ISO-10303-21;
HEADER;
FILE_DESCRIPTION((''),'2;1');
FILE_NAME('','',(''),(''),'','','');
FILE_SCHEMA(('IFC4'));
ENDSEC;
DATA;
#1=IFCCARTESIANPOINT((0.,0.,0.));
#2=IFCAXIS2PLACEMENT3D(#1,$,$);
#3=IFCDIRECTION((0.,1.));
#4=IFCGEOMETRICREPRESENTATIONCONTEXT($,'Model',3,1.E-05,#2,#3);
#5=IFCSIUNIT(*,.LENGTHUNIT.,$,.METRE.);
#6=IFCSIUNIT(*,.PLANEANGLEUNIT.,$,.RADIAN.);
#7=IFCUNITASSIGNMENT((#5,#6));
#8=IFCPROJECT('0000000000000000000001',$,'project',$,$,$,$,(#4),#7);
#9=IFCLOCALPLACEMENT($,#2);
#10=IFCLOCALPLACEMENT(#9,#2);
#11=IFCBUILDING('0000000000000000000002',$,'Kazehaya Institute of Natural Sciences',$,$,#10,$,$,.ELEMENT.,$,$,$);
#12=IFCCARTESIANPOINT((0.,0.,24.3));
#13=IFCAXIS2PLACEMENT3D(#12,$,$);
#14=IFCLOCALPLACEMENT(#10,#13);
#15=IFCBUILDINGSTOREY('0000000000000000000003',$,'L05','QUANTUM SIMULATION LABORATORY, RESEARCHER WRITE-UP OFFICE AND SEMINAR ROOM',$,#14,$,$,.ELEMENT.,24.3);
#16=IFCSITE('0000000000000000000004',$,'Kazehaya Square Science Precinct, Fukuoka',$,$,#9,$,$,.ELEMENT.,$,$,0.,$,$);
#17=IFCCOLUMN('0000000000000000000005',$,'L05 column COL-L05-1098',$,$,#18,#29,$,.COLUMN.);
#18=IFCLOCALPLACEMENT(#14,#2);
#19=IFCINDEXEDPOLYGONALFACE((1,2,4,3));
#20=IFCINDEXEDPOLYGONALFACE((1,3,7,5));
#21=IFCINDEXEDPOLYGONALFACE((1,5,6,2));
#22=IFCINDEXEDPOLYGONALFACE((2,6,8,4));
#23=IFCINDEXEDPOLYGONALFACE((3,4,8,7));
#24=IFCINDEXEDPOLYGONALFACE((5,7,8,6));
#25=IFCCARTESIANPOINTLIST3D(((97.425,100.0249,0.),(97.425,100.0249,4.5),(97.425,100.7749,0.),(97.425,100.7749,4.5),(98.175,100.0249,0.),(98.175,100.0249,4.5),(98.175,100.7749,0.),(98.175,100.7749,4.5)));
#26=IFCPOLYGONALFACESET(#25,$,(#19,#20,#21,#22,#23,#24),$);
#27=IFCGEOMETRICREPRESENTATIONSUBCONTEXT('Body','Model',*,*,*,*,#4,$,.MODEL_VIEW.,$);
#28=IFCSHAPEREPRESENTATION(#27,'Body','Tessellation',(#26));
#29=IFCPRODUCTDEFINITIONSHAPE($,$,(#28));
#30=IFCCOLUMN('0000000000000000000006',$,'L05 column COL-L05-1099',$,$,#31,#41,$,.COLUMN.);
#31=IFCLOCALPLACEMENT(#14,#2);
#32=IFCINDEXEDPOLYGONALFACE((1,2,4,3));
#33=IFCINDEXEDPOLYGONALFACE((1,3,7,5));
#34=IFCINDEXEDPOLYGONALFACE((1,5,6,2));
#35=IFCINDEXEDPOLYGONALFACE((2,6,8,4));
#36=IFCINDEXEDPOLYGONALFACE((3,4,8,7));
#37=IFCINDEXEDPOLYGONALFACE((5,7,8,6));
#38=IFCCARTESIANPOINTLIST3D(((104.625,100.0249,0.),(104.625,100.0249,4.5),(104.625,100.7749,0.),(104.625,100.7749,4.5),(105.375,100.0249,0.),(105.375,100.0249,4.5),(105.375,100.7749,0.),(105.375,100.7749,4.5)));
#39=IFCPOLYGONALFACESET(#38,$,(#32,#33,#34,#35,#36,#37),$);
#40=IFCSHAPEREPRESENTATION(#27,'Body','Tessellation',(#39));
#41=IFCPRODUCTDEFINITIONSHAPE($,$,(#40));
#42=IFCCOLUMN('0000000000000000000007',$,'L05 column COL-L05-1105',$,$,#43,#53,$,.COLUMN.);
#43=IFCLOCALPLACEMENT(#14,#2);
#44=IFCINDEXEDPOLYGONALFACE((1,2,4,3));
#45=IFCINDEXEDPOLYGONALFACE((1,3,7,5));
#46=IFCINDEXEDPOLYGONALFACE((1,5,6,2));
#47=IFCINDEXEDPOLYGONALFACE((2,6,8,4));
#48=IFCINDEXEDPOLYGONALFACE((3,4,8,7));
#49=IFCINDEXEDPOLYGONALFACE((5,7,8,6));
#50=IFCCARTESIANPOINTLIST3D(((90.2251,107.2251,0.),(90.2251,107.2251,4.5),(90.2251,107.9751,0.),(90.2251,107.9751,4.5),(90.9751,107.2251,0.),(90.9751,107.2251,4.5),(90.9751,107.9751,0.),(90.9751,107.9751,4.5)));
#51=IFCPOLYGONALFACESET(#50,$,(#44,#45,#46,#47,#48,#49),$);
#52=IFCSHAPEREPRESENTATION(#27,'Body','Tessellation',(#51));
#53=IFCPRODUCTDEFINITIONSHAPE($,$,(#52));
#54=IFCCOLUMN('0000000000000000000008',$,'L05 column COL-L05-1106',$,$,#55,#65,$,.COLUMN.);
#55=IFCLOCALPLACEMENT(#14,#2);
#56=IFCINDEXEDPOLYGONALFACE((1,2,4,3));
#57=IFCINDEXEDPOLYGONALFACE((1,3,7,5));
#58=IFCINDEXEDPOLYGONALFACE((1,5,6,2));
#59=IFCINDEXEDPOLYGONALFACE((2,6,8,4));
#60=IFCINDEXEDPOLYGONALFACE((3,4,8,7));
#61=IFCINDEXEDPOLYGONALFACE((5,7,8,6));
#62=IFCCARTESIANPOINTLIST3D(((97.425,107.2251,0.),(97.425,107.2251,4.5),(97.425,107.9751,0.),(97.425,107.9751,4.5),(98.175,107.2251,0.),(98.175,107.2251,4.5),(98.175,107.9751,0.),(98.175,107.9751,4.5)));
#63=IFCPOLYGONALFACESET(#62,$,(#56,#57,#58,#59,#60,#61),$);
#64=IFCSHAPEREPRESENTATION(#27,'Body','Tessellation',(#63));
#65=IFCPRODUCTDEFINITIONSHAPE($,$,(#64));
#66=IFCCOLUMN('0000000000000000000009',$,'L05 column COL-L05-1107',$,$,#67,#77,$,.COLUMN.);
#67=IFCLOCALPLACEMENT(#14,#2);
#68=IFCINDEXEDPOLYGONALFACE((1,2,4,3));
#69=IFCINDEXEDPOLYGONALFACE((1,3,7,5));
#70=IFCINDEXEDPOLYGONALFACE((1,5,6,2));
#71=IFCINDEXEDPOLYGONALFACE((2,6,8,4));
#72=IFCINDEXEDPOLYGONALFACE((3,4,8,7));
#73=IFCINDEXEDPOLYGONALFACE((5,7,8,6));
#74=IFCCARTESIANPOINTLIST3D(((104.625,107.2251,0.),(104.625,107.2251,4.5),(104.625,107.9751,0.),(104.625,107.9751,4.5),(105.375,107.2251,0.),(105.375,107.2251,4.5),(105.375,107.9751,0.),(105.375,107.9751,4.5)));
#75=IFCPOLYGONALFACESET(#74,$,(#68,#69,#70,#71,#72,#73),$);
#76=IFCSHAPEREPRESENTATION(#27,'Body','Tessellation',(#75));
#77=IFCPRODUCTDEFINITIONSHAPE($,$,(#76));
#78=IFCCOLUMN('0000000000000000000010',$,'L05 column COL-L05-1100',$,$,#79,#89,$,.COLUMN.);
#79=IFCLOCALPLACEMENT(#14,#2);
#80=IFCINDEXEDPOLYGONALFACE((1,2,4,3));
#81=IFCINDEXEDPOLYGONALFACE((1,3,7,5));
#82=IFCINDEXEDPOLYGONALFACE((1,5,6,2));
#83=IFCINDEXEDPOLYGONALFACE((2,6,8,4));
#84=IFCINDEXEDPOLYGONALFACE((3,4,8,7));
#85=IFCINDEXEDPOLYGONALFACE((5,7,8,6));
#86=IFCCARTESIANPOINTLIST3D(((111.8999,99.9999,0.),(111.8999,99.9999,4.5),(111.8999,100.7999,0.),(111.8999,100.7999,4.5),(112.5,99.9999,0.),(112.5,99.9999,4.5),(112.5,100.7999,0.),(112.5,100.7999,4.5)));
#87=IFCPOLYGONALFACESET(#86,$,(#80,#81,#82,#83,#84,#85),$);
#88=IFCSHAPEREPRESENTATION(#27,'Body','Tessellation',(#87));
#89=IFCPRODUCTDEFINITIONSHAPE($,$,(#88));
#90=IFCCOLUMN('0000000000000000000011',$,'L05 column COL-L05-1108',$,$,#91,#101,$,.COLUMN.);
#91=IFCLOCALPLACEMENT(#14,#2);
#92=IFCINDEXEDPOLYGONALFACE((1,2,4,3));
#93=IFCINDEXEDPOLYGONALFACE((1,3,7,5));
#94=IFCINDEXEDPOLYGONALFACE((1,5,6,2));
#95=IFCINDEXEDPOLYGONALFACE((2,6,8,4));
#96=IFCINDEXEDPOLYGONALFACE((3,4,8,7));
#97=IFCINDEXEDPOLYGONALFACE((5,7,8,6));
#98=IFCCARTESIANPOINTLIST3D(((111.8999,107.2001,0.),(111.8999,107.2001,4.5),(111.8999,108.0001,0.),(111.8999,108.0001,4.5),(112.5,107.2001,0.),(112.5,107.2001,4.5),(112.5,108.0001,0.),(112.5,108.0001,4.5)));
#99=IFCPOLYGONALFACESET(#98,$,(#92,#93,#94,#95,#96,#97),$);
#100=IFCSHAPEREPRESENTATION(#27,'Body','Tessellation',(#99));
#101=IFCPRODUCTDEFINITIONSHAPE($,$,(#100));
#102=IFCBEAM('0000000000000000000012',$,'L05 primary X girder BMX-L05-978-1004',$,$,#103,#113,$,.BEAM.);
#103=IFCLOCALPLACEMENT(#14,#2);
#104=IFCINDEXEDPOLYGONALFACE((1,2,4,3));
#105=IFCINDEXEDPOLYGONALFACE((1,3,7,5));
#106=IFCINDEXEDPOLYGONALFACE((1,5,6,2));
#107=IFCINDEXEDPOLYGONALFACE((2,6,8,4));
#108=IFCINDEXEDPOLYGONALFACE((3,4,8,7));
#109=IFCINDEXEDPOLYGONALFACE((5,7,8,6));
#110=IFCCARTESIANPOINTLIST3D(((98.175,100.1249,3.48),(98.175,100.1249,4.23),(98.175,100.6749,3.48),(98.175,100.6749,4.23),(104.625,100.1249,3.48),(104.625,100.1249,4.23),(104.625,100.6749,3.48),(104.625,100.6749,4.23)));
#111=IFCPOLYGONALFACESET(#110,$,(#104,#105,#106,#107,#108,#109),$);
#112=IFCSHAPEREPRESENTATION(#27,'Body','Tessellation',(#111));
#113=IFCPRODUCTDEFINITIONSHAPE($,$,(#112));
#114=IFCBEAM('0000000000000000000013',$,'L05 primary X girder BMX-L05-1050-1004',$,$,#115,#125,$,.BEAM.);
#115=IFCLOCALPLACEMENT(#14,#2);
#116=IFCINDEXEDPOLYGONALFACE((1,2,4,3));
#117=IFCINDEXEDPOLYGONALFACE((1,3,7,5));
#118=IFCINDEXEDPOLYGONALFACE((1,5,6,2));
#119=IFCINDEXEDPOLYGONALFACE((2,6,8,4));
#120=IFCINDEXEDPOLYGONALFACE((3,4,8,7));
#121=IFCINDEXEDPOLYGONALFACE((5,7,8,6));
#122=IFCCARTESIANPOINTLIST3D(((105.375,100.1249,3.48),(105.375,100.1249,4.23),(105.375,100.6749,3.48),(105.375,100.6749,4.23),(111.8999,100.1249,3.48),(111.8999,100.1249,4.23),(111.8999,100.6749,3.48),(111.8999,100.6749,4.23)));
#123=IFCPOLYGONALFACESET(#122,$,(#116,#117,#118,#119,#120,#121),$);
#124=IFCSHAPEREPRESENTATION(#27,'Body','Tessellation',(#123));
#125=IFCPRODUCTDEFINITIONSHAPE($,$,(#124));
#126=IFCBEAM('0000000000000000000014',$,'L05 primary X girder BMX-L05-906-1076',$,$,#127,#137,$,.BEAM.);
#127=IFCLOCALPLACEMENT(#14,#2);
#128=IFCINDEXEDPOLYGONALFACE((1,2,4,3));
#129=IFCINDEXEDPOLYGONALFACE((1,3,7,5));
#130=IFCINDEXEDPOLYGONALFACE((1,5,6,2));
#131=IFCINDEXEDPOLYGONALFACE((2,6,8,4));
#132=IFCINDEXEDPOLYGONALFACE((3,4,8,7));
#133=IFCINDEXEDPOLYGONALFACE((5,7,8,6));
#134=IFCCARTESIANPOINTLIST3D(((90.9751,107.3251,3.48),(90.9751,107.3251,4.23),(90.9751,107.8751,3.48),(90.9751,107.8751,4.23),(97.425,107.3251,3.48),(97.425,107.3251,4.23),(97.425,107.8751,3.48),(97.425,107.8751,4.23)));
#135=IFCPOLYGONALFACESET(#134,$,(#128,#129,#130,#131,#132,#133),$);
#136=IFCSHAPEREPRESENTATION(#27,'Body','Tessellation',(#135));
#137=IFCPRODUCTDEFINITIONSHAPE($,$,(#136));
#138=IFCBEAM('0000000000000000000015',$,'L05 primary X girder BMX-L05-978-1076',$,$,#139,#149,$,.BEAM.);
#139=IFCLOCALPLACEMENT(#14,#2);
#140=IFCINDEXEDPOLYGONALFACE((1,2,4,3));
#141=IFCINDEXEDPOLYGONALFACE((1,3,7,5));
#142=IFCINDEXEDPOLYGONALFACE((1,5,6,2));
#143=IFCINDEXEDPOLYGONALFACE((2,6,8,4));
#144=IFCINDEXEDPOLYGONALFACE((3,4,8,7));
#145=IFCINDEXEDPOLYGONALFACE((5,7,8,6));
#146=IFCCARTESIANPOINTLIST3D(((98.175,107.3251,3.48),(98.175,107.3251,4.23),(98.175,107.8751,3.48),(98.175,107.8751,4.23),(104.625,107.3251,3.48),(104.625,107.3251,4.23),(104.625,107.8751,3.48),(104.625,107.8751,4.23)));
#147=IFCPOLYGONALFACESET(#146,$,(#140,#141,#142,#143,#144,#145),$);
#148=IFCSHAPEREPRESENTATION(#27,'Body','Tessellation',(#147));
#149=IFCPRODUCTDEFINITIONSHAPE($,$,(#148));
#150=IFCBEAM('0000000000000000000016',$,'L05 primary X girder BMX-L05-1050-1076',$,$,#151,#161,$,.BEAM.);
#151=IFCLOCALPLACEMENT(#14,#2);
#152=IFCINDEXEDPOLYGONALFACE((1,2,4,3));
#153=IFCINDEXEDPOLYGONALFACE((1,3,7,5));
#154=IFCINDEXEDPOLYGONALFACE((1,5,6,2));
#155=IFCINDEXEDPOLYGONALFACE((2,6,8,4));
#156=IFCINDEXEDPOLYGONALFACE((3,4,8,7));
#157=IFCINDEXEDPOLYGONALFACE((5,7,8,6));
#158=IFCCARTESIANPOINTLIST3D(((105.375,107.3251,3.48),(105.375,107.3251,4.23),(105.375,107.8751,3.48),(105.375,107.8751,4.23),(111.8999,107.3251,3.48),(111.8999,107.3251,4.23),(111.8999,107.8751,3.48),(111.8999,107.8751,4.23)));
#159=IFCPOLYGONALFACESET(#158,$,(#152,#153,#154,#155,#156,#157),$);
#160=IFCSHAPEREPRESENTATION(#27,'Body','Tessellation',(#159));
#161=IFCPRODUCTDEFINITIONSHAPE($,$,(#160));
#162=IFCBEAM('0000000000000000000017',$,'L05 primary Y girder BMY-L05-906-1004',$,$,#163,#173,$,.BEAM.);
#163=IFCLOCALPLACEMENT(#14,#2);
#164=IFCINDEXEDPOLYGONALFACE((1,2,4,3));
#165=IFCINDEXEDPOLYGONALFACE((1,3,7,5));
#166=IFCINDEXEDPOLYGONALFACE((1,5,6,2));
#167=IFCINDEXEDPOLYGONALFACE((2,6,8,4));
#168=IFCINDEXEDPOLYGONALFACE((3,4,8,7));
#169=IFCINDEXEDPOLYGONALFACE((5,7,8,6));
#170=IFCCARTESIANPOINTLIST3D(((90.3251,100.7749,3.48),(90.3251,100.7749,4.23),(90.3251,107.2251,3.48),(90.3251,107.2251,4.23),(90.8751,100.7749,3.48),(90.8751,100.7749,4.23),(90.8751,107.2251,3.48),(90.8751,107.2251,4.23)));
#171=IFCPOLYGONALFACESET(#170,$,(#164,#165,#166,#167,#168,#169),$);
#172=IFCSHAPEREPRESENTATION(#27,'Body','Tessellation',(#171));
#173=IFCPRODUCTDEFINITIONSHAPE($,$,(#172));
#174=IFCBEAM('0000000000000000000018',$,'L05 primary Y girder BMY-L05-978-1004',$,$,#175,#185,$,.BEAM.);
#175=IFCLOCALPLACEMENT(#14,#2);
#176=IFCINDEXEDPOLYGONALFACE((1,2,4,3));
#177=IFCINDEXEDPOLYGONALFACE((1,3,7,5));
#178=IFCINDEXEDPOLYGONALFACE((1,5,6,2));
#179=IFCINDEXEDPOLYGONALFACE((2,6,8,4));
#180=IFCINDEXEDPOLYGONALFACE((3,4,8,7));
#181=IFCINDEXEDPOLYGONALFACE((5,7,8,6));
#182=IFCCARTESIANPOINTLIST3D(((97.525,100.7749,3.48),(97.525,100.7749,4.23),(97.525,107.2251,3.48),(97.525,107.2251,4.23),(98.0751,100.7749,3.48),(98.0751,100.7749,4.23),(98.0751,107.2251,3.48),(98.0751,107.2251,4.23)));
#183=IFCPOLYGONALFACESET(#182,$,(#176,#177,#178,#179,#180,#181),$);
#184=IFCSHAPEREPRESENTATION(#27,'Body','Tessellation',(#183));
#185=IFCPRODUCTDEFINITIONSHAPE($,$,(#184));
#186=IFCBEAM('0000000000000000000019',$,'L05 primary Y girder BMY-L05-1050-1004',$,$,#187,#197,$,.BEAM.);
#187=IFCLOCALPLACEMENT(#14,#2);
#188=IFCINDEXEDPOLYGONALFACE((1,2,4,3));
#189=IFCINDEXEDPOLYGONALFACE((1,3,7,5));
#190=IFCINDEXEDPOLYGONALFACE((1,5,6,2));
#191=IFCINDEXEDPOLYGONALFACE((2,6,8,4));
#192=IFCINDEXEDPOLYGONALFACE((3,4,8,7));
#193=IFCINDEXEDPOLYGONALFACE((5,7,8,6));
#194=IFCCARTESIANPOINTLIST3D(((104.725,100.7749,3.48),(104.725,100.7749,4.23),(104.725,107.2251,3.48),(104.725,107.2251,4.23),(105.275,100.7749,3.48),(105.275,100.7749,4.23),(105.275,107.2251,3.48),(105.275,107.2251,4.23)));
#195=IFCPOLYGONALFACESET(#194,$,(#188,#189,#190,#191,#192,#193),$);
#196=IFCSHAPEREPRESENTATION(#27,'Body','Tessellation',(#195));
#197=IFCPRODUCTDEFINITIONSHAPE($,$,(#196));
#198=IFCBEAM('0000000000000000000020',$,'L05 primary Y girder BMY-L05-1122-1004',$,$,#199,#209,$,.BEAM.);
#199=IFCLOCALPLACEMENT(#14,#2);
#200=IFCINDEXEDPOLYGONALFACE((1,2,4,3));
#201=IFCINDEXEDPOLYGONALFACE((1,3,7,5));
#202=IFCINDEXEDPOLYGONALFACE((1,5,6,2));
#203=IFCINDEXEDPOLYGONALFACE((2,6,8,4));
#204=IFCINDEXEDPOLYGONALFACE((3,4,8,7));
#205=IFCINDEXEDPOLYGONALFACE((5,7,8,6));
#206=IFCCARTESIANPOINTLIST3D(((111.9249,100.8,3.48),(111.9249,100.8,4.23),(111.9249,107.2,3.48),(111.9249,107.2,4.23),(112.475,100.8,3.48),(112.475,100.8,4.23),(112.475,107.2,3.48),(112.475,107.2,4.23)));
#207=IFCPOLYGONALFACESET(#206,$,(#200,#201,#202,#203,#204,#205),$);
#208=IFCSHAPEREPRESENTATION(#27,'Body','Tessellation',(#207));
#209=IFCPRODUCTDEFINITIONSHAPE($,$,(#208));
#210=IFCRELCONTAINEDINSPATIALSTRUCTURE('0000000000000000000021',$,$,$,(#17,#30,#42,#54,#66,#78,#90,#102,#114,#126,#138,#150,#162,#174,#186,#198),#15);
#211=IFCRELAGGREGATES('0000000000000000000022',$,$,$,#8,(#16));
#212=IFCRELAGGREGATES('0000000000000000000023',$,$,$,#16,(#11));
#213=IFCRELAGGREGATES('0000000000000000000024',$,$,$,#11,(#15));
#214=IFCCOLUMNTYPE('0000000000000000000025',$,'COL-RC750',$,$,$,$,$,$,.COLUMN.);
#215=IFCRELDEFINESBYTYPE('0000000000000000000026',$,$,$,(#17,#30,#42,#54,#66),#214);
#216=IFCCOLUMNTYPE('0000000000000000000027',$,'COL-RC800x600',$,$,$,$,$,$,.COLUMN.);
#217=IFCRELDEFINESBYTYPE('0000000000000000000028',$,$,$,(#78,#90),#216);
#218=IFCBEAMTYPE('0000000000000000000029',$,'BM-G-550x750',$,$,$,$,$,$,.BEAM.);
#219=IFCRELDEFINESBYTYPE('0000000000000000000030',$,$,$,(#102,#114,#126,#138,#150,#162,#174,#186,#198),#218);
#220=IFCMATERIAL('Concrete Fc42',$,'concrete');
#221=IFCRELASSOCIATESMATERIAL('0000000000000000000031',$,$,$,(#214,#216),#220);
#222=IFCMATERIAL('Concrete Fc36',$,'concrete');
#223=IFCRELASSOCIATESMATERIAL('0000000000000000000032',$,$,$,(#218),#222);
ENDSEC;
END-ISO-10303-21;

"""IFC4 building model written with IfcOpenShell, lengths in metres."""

from ifc_helpers import new_model, si_unit, direction, frame, origin, origin_2d, place, context, subcontext, project, spatial, rectangle, extrude, material, material_profile, profile_set, type_object, element, save


model = new_model("IFC4")

# Units and contexts
model_context = context("Model", 3, precision=1e-05, world=origin(), true_north=direction((0.0, 1.0)))
body_context = subcontext(model_context, "Body", "Model", "MODEL_VIEW")
ifc_project = project(units=[si_unit("LENGTHUNIT", "METRE"), si_unit("PLANEANGLEUNIT", "RADIAN")], contexts=[model_context])

# Site, building, storey
site_placement = place(None, origin())
site = spatial("IfcSite", under=ifc_project, at=site_placement, Name="Kazehaya Square Science Precinct, Fukuoka", CompositionType="ELEMENT", RefElevation=0.0)
building_placement = place(site_placement, origin())
building = spatial("IfcBuilding", under=site, at=building_placement, Name="Kazehaya Institute of Natural Sciences", CompositionType="ELEMENT")
storey_placement = place(building_placement, frame((0.0, 0.0, 24.3)))
storey = spatial("IfcBuildingStorey", under=building, at=storey_placement, Name="L05", Description="QUANTUM SIMULATION LABORATORY, RESEARCHER WRITE-UP OFFICE AND SEMINAR ROOM", CompositionType="ELEMENT", Elevation=24.3)

# Columns
ifc_material_1 = material(Name="Concrete Fc42", Category="concrete")
ifc_material_profile_1 = material_profile(ifc_material_1, rectangle(XDim=0.75, YDim=0.75, at=origin_2d()), Name="RC-750x750")
ifc_profile_set_1 = profile_set([ifc_material_profile_1], Name="Concrete Fc42")
column_type_1 = type_object("IfcColumnType", Name="COL-RC750", PredefinedType="COLUMN", material=ifc_profile_set_1)
for number, where, z_axis, x_axis, name in (
    (1, (97.8, 100.3999, 0.0), (0.0, 0.0, 1.0), (1.0, 0.0, 0.0), "L05 column COL-L05-1098"),
    (2, (105.0, 100.3999, 0.0), (0.0, 0.0, 1.0), (1.0, 0.0, 0.0), "L05 column COL-L05-1099"),
    (3, (90.6001, 107.6001, 0.0), (0.0, 0.0, 1.0), (1.0, 0.0, 0.0), "L05 column COL-L05-1105"),
    (4, (97.8, 107.6001, 0.0), (0.0, 0.0, 1.0), (1.0, 0.0, 0.0), "L05 column COL-L05-1106"),
    (5, (105.0, 107.6001, 0.0), (0.0, 0.0, 1.0), (1.0, 0.0, 0.0), "L05 column COL-L05-1107"),
):
    element("IfcColumn", number, at=place(storey_placement, frame(where, z_axis=z_axis, x_axis=x_axis)), inside=storey, type_object=column_type_1, Name=name, PredefinedType="COLUMN", context=body_context, shape_type="SweptSolid", body=[
        extrude(rectangle(XDim=0.75, YDim=0.75, at=origin_2d()), origin(), (0.0, 0.0, 1.0), 4.5),
    ])
ifc_material_profile_2 = material_profile(ifc_material_1, rectangle(XDim=0.6001, YDim=0.8, at=origin_2d()), Name="RC-800x600")
ifc_profile_set_2 = profile_set([ifc_material_profile_2], Name="Concrete Fc42")
column_type_2 = type_object("IfcColumnType", Name="COL-RC800x600", PredefinedType="COLUMN", material=ifc_profile_set_2)
for number, where, z_axis, x_axis, name in (
    (6, (112.2, 100.3999, 0.0), (0.0, 0.0, 1.0), (1.0, 0.0, 0.0), "L05 column COL-L05-1100"),
    (7, (112.2, 107.6001, 0.0), (0.0, 0.0, 1.0), (1.0, 0.0, 0.0), "L05 column COL-L05-1108"),
):
    element("IfcColumn", number, at=place(storey_placement, frame(where, z_axis=z_axis, x_axis=x_axis)), inside=storey, type_object=column_type_2, Name=name, PredefinedType="COLUMN", context=body_context, shape_type="SweptSolid", body=[
        extrude(rectangle(XDim=0.6001, YDim=0.8, at=origin_2d()), origin(), (0.0, 0.0, 1.0), 4.5),
    ])

# Beams
ifc_material_2 = material(Name="Concrete Fc36", Category="concrete")
ifc_material_profile_3 = material_profile(ifc_material_2, rectangle(XDim=0.55, YDim=0.75, at=origin_2d()), Name="RC-550x750")
ifc_profile_set_3 = profile_set([ifc_material_profile_3], Name="Concrete Fc36")
beam_type = type_object("IfcBeamType", Name="BM-G-550x750", PredefinedType="BEAM", material=ifc_profile_set_3)
beam_1_placement = place(storey_placement, frame((98.175, 100.3999, 3.855), z_axis=(1.0, 0.0, 0.0), x_axis=(0.0, 1.0, 0.0)))
element("IfcBeam", 8, at=beam_1_placement, inside=storey, type_object=beam_type, Name="L05 primary X girder BMX-L05-978-1004", PredefinedType="BEAM", context=body_context, shape_type="SweptSolid", body=[
    extrude(rectangle(XDim=0.55, YDim=0.75, at=origin_2d()), origin(), (0.0, 0.0, 1.0), 6.45),
])
beam_2_placement = place(storey_placement, frame((105.375, 100.3999, 3.855), z_axis=(1.0, 0.0, 0.0), x_axis=(0.0, 1.0, 0.0)))
element("IfcBeam", 9, at=beam_2_placement, inside=storey, type_object=beam_type, Name="L05 primary X girder BMX-L05-1050-1004", PredefinedType="BEAM", context=body_context, shape_type="SweptSolid", body=[
    extrude(rectangle(XDim=0.55, YDim=0.75, at=origin_2d()), origin(), (0.0, 0.0, 1.0), 6.5249),
])
for number, where, z_axis, x_axis, name in (
    (10, (90.9751, 107.6001, 3.855), (1.0, 0.0, 0.0), (0.0, 1.0, 0.0), "L05 primary X girder BMX-L05-906-1076"),
    (11, (98.175, 107.6001, 3.855), (1.0, 0.0, 0.0), (0.0, 1.0, 0.0), "L05 primary X girder BMX-L05-978-1076"),
):
    element("IfcBeam", number, at=place(storey_placement, frame(where, z_axis=z_axis, x_axis=x_axis)), inside=storey, type_object=beam_type, Name=name, PredefinedType="BEAM", context=body_context, shape_type="SweptSolid", body=[
        extrude(rectangle(XDim=0.55, YDim=0.75, at=origin_2d()), origin(), (0.0, 0.0, 1.0), 6.45),
    ])
beam_3_placement = place(storey_placement, frame((105.375, 107.6001, 3.855), z_axis=(1.0, 0.0, 0.0), x_axis=(0.0, 1.0, 0.0)))
element("IfcBeam", 12, at=beam_3_placement, inside=storey, type_object=beam_type, Name="L05 primary X girder BMX-L05-1050-1076", PredefinedType="BEAM", context=body_context, shape_type="SweptSolid", body=[
    extrude(rectangle(XDim=0.55, YDim=0.75, at=origin_2d()), origin(), (0.0, 0.0, 1.0), 6.5249),
])
for number, where, z_axis, x_axis, name in (
    (13, (90.6001, 100.7749, 3.855), (0.0, 1.0, 0.0), (-1.0, 0.0, 0.0), "L05 primary Y girder BMY-L05-906-1004"),
    (14, (97.8, 100.7749, 3.855), (0.0, 1.0, 0.0), (-1.0, 0.0, 0.0), "L05 primary Y girder BMY-L05-978-1004"),
    (15, (105.0, 100.7749, 3.855), (0.0, 1.0, 0.0), (-1.0, 0.0, 0.0), "L05 primary Y girder BMY-L05-1050-1004"),
):
    element("IfcBeam", number, at=place(storey_placement, frame(where, z_axis=z_axis, x_axis=x_axis)), inside=storey, type_object=beam_type, Name=name, PredefinedType="BEAM", context=body_context, shape_type="SweptSolid", body=[
        extrude(rectangle(XDim=0.55, YDim=0.75, at=origin_2d()), origin(), (0.0, 0.0, 1.0), 6.4502),
    ])
beam_4_placement = place(storey_placement, frame((112.2, 100.8, 3.855), z_axis=(0.0, 1.0, 0.0), x_axis=(-1.0, 0.0, 0.0)))
element("IfcBeam", 16, at=beam_4_placement, inside=storey, type_object=beam_type, Name="L05 primary Y girder BMY-L05-1122-1004", PredefinedType="BEAM", context=body_context, shape_type="SweptSolid", body=[
    extrude(rectangle(XDim=0.55, YDim=0.75, at=origin_2d()), origin(), (0.0, 0.0, 1.0), 6.3999),
])

save(model, "model.ifc")
